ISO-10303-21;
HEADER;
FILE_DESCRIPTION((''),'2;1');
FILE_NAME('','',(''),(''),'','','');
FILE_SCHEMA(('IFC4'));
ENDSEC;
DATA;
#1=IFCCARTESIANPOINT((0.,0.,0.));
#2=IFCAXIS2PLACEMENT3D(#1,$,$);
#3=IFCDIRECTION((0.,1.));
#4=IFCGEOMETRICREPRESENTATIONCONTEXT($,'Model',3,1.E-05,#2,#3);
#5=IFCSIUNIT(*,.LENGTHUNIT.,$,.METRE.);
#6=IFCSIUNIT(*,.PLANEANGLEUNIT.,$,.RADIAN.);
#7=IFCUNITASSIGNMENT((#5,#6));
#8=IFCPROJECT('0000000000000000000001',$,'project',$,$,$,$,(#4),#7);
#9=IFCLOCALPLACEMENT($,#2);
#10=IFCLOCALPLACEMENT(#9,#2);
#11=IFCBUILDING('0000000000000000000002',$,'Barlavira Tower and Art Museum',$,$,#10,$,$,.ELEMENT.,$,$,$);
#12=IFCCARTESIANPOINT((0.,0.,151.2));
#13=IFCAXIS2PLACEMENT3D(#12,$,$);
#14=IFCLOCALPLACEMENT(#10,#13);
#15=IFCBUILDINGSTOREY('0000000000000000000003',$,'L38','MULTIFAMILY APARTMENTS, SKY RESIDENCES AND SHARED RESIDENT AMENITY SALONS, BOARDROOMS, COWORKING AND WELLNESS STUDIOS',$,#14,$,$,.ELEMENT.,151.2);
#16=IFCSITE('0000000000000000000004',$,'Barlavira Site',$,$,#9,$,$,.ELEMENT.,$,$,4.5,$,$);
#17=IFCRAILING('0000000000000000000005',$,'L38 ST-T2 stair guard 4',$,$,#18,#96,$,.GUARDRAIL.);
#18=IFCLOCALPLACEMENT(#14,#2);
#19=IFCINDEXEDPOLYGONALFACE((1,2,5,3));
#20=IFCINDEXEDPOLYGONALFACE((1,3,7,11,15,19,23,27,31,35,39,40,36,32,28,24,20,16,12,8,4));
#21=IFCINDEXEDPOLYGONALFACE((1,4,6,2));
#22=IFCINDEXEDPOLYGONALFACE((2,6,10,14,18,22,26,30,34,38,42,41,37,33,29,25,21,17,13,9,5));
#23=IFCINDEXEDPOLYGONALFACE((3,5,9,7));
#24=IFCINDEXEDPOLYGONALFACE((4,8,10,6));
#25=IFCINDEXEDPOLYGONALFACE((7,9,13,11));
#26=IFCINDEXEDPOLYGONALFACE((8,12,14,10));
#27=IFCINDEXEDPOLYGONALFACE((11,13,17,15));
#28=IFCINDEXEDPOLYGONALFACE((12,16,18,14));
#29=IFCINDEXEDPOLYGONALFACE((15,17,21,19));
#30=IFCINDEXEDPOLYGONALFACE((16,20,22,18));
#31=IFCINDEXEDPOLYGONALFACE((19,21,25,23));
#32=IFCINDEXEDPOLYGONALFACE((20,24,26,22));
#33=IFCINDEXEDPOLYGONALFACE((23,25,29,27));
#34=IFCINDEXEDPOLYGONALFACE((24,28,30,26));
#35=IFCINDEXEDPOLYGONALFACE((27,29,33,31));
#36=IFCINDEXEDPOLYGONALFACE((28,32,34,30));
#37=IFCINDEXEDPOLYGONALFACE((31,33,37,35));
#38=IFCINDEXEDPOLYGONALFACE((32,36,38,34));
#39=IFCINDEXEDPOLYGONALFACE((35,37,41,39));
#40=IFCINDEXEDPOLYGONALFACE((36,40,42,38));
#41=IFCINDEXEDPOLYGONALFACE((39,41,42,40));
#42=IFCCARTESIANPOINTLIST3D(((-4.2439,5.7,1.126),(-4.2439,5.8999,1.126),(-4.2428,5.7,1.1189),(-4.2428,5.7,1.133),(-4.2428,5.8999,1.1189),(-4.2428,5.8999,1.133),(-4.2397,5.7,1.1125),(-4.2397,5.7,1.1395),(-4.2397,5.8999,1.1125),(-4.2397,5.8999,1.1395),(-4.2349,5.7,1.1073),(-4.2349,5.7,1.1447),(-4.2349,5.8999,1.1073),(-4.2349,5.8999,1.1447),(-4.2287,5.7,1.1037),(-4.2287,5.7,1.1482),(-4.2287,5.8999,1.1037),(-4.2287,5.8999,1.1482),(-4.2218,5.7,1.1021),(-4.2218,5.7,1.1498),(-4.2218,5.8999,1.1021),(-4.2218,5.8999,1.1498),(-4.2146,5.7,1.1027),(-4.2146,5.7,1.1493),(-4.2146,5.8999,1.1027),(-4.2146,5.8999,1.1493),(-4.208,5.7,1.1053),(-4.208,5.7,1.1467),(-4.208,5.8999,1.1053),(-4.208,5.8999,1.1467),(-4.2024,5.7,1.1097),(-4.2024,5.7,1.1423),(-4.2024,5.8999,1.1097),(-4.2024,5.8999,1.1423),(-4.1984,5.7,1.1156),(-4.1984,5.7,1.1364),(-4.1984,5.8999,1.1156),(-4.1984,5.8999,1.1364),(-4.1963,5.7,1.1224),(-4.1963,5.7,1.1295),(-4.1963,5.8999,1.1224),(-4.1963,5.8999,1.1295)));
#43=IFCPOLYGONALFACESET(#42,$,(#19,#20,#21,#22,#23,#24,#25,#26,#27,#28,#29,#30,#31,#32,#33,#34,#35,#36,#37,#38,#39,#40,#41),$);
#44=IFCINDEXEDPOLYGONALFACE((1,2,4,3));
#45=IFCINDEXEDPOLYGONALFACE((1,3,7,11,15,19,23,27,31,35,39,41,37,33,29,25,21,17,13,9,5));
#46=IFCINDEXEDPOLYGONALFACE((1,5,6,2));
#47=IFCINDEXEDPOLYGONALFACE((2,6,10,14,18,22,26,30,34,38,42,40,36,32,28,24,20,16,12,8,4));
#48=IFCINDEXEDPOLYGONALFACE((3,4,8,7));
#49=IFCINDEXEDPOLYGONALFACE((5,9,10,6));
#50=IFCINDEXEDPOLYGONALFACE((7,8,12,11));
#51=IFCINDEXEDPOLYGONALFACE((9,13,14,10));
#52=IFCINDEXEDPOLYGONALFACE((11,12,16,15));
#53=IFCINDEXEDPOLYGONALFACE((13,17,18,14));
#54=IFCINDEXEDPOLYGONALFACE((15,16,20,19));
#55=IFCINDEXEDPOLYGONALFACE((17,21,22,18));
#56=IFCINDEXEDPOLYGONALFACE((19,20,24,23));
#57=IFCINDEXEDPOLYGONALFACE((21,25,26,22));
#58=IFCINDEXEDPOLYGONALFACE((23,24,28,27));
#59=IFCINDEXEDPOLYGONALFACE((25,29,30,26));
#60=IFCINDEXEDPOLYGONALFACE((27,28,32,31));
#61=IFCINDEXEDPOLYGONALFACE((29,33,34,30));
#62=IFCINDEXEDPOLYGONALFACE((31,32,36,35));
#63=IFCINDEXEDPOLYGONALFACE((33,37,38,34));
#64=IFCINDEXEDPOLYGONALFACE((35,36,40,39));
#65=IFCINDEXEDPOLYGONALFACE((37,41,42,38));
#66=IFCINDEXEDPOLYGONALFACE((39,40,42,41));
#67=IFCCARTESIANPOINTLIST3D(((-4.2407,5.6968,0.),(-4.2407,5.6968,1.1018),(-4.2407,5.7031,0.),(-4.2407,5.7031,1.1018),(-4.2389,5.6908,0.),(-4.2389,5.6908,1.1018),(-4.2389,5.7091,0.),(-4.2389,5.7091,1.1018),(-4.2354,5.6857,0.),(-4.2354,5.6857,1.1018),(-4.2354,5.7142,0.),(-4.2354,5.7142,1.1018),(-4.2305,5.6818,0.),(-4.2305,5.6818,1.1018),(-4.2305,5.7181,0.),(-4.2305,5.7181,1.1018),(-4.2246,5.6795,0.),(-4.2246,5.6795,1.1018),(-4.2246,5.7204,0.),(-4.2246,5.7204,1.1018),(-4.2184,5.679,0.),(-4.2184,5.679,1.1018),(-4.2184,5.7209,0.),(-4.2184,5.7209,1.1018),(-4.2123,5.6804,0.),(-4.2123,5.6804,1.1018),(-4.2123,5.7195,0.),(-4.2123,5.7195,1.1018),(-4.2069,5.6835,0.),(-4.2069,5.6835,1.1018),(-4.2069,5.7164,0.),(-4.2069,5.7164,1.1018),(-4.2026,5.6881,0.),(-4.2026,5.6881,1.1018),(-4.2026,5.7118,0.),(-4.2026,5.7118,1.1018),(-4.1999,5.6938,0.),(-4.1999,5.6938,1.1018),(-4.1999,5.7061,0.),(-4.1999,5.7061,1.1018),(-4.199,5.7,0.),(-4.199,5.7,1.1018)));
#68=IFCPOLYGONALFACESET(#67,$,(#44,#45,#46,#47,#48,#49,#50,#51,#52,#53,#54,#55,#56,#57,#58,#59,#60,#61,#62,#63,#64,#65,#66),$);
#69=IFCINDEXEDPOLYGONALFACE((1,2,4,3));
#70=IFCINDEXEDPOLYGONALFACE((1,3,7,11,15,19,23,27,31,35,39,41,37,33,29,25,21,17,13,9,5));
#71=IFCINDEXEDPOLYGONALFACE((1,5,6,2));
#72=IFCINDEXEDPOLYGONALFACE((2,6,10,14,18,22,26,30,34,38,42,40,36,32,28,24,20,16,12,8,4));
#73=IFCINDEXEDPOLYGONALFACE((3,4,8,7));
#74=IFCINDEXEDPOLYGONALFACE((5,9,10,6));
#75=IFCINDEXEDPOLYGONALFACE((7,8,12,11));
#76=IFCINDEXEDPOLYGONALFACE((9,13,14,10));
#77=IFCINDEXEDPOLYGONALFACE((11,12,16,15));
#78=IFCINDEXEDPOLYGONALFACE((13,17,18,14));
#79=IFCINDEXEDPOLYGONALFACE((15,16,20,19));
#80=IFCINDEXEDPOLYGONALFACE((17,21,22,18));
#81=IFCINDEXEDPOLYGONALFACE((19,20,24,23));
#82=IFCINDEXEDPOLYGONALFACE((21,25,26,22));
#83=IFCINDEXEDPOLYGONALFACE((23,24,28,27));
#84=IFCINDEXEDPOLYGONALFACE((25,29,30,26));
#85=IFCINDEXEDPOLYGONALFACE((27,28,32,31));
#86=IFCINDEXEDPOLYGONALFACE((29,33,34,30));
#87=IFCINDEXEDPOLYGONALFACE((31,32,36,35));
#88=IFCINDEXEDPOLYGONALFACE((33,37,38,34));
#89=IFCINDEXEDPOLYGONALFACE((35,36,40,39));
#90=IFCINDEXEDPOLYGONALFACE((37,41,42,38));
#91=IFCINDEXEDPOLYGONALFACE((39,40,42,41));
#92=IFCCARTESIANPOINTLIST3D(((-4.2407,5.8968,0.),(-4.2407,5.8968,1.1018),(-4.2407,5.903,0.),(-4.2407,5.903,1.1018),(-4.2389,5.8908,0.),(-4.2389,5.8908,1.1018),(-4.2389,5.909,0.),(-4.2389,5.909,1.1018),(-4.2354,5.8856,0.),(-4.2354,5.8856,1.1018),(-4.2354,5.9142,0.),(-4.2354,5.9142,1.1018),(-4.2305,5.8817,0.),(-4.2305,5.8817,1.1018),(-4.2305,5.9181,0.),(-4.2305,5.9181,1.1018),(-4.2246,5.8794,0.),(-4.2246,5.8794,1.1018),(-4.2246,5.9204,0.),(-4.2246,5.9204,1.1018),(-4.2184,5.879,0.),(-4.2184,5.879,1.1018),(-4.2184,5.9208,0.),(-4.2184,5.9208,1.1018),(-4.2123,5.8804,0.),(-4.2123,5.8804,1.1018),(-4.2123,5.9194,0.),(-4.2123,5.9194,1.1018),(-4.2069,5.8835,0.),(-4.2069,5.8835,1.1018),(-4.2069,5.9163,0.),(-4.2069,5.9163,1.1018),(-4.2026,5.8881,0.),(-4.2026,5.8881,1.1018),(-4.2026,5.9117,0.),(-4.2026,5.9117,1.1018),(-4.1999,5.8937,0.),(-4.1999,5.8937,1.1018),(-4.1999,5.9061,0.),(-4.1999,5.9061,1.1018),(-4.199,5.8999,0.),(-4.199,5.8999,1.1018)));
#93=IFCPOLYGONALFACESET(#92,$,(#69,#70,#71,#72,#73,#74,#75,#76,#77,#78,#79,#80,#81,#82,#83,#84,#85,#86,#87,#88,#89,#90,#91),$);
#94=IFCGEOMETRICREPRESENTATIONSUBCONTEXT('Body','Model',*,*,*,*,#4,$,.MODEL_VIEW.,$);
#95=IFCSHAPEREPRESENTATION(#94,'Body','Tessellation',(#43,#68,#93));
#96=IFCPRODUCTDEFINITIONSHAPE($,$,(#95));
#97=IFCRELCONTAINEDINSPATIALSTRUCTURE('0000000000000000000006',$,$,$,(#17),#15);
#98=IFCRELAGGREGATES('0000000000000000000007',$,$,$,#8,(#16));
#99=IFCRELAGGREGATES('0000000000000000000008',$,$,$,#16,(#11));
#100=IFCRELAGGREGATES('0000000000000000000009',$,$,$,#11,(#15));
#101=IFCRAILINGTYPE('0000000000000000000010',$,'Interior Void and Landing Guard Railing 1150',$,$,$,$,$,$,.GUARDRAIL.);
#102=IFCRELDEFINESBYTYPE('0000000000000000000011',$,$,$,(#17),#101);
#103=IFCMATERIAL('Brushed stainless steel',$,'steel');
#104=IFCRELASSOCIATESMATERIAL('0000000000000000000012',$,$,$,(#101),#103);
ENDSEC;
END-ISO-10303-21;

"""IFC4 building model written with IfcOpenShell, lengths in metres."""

from ifc_helpers import new_model, si_unit, direction, frame, origin, origin_2d, place, context, subcontext, project, spatial, circle, extrude, material, type_object, element, save


model = new_model("IFC4")

# Units and contexts
model_context = context("Model", 3, precision=1e-05, world=origin(), true_north=direction((0.0, 1.0)))
body_context = subcontext(model_context, "Body", "Model", "MODEL_VIEW")
ifc_project = project(units=[si_unit("LENGTHUNIT", "METRE"), si_unit("PLANEANGLEUNIT", "RADIAN")], contexts=[model_context])

# Site, building, storey
site_placement = place(None, origin())
site = spatial("IfcSite", under=ifc_project, at=site_placement, Name="Barlavira Site", CompositionType="ELEMENT", RefElevation=4.5)
building_placement = place(site_placement, origin())
building = spatial("IfcBuilding", under=site, at=building_placement, Name="Barlavira Tower and Art Museum", CompositionType="ELEMENT")
storey_placement = place(building_placement, frame((0.0, 0.0, 151.2)))
storey = spatial("IfcBuildingStorey", under=building, at=storey_placement, Name="L38", Description="MULTIFAMILY APARTMENTS, SKY RESIDENCES AND SHARED RESIDENT AMENITY SALONS, BOARDROOMS, COWORKING AND WELLNESS STUDIOS", CompositionType="ELEMENT", Elevation=151.2)

# Shared definitions
ifc_material_1 = material(Name="Brushed stainless steel", Category="steel")

# Railing
railing_type_1 = type_object("IfcRailingType", Name="Interior Void and Landing Guard Railing 1150", PredefinedType="GUARDRAIL", material=ifc_material_1)
railing_1_placement = place(storey_placement, frame((-4.22, 5.7, 0.0)))
element("IfcRailing", 1, at=railing_1_placement, inside=storey, type_object=railing_type_1, Name="L38 ST-T2 stair guard 4", PredefinedType="GUARDRAIL", context=body_context, shape_type="SweptSolid", body=[
    extrude(circle(Radius=0.0239, at=origin_2d()), frame((0.0, 0.0, 1.126), z_axis=(0.0, 1.0, 0.0), x_axis=(-1.0, 0.0, 0.0)), (0.0, 0.0, 1.0), 0.2),
    extrude(circle(Radius=0.021, at=origin_2d()), origin(), (0.0, 0.0, 1.0), 1.1018),
    extrude(circle(Radius=0.021, at=origin_2d()), frame((0.0, 0.2, 0.0)), (0.0, 0.0, 1.0), 1.1018),
])

save(model, "model.ifc")
